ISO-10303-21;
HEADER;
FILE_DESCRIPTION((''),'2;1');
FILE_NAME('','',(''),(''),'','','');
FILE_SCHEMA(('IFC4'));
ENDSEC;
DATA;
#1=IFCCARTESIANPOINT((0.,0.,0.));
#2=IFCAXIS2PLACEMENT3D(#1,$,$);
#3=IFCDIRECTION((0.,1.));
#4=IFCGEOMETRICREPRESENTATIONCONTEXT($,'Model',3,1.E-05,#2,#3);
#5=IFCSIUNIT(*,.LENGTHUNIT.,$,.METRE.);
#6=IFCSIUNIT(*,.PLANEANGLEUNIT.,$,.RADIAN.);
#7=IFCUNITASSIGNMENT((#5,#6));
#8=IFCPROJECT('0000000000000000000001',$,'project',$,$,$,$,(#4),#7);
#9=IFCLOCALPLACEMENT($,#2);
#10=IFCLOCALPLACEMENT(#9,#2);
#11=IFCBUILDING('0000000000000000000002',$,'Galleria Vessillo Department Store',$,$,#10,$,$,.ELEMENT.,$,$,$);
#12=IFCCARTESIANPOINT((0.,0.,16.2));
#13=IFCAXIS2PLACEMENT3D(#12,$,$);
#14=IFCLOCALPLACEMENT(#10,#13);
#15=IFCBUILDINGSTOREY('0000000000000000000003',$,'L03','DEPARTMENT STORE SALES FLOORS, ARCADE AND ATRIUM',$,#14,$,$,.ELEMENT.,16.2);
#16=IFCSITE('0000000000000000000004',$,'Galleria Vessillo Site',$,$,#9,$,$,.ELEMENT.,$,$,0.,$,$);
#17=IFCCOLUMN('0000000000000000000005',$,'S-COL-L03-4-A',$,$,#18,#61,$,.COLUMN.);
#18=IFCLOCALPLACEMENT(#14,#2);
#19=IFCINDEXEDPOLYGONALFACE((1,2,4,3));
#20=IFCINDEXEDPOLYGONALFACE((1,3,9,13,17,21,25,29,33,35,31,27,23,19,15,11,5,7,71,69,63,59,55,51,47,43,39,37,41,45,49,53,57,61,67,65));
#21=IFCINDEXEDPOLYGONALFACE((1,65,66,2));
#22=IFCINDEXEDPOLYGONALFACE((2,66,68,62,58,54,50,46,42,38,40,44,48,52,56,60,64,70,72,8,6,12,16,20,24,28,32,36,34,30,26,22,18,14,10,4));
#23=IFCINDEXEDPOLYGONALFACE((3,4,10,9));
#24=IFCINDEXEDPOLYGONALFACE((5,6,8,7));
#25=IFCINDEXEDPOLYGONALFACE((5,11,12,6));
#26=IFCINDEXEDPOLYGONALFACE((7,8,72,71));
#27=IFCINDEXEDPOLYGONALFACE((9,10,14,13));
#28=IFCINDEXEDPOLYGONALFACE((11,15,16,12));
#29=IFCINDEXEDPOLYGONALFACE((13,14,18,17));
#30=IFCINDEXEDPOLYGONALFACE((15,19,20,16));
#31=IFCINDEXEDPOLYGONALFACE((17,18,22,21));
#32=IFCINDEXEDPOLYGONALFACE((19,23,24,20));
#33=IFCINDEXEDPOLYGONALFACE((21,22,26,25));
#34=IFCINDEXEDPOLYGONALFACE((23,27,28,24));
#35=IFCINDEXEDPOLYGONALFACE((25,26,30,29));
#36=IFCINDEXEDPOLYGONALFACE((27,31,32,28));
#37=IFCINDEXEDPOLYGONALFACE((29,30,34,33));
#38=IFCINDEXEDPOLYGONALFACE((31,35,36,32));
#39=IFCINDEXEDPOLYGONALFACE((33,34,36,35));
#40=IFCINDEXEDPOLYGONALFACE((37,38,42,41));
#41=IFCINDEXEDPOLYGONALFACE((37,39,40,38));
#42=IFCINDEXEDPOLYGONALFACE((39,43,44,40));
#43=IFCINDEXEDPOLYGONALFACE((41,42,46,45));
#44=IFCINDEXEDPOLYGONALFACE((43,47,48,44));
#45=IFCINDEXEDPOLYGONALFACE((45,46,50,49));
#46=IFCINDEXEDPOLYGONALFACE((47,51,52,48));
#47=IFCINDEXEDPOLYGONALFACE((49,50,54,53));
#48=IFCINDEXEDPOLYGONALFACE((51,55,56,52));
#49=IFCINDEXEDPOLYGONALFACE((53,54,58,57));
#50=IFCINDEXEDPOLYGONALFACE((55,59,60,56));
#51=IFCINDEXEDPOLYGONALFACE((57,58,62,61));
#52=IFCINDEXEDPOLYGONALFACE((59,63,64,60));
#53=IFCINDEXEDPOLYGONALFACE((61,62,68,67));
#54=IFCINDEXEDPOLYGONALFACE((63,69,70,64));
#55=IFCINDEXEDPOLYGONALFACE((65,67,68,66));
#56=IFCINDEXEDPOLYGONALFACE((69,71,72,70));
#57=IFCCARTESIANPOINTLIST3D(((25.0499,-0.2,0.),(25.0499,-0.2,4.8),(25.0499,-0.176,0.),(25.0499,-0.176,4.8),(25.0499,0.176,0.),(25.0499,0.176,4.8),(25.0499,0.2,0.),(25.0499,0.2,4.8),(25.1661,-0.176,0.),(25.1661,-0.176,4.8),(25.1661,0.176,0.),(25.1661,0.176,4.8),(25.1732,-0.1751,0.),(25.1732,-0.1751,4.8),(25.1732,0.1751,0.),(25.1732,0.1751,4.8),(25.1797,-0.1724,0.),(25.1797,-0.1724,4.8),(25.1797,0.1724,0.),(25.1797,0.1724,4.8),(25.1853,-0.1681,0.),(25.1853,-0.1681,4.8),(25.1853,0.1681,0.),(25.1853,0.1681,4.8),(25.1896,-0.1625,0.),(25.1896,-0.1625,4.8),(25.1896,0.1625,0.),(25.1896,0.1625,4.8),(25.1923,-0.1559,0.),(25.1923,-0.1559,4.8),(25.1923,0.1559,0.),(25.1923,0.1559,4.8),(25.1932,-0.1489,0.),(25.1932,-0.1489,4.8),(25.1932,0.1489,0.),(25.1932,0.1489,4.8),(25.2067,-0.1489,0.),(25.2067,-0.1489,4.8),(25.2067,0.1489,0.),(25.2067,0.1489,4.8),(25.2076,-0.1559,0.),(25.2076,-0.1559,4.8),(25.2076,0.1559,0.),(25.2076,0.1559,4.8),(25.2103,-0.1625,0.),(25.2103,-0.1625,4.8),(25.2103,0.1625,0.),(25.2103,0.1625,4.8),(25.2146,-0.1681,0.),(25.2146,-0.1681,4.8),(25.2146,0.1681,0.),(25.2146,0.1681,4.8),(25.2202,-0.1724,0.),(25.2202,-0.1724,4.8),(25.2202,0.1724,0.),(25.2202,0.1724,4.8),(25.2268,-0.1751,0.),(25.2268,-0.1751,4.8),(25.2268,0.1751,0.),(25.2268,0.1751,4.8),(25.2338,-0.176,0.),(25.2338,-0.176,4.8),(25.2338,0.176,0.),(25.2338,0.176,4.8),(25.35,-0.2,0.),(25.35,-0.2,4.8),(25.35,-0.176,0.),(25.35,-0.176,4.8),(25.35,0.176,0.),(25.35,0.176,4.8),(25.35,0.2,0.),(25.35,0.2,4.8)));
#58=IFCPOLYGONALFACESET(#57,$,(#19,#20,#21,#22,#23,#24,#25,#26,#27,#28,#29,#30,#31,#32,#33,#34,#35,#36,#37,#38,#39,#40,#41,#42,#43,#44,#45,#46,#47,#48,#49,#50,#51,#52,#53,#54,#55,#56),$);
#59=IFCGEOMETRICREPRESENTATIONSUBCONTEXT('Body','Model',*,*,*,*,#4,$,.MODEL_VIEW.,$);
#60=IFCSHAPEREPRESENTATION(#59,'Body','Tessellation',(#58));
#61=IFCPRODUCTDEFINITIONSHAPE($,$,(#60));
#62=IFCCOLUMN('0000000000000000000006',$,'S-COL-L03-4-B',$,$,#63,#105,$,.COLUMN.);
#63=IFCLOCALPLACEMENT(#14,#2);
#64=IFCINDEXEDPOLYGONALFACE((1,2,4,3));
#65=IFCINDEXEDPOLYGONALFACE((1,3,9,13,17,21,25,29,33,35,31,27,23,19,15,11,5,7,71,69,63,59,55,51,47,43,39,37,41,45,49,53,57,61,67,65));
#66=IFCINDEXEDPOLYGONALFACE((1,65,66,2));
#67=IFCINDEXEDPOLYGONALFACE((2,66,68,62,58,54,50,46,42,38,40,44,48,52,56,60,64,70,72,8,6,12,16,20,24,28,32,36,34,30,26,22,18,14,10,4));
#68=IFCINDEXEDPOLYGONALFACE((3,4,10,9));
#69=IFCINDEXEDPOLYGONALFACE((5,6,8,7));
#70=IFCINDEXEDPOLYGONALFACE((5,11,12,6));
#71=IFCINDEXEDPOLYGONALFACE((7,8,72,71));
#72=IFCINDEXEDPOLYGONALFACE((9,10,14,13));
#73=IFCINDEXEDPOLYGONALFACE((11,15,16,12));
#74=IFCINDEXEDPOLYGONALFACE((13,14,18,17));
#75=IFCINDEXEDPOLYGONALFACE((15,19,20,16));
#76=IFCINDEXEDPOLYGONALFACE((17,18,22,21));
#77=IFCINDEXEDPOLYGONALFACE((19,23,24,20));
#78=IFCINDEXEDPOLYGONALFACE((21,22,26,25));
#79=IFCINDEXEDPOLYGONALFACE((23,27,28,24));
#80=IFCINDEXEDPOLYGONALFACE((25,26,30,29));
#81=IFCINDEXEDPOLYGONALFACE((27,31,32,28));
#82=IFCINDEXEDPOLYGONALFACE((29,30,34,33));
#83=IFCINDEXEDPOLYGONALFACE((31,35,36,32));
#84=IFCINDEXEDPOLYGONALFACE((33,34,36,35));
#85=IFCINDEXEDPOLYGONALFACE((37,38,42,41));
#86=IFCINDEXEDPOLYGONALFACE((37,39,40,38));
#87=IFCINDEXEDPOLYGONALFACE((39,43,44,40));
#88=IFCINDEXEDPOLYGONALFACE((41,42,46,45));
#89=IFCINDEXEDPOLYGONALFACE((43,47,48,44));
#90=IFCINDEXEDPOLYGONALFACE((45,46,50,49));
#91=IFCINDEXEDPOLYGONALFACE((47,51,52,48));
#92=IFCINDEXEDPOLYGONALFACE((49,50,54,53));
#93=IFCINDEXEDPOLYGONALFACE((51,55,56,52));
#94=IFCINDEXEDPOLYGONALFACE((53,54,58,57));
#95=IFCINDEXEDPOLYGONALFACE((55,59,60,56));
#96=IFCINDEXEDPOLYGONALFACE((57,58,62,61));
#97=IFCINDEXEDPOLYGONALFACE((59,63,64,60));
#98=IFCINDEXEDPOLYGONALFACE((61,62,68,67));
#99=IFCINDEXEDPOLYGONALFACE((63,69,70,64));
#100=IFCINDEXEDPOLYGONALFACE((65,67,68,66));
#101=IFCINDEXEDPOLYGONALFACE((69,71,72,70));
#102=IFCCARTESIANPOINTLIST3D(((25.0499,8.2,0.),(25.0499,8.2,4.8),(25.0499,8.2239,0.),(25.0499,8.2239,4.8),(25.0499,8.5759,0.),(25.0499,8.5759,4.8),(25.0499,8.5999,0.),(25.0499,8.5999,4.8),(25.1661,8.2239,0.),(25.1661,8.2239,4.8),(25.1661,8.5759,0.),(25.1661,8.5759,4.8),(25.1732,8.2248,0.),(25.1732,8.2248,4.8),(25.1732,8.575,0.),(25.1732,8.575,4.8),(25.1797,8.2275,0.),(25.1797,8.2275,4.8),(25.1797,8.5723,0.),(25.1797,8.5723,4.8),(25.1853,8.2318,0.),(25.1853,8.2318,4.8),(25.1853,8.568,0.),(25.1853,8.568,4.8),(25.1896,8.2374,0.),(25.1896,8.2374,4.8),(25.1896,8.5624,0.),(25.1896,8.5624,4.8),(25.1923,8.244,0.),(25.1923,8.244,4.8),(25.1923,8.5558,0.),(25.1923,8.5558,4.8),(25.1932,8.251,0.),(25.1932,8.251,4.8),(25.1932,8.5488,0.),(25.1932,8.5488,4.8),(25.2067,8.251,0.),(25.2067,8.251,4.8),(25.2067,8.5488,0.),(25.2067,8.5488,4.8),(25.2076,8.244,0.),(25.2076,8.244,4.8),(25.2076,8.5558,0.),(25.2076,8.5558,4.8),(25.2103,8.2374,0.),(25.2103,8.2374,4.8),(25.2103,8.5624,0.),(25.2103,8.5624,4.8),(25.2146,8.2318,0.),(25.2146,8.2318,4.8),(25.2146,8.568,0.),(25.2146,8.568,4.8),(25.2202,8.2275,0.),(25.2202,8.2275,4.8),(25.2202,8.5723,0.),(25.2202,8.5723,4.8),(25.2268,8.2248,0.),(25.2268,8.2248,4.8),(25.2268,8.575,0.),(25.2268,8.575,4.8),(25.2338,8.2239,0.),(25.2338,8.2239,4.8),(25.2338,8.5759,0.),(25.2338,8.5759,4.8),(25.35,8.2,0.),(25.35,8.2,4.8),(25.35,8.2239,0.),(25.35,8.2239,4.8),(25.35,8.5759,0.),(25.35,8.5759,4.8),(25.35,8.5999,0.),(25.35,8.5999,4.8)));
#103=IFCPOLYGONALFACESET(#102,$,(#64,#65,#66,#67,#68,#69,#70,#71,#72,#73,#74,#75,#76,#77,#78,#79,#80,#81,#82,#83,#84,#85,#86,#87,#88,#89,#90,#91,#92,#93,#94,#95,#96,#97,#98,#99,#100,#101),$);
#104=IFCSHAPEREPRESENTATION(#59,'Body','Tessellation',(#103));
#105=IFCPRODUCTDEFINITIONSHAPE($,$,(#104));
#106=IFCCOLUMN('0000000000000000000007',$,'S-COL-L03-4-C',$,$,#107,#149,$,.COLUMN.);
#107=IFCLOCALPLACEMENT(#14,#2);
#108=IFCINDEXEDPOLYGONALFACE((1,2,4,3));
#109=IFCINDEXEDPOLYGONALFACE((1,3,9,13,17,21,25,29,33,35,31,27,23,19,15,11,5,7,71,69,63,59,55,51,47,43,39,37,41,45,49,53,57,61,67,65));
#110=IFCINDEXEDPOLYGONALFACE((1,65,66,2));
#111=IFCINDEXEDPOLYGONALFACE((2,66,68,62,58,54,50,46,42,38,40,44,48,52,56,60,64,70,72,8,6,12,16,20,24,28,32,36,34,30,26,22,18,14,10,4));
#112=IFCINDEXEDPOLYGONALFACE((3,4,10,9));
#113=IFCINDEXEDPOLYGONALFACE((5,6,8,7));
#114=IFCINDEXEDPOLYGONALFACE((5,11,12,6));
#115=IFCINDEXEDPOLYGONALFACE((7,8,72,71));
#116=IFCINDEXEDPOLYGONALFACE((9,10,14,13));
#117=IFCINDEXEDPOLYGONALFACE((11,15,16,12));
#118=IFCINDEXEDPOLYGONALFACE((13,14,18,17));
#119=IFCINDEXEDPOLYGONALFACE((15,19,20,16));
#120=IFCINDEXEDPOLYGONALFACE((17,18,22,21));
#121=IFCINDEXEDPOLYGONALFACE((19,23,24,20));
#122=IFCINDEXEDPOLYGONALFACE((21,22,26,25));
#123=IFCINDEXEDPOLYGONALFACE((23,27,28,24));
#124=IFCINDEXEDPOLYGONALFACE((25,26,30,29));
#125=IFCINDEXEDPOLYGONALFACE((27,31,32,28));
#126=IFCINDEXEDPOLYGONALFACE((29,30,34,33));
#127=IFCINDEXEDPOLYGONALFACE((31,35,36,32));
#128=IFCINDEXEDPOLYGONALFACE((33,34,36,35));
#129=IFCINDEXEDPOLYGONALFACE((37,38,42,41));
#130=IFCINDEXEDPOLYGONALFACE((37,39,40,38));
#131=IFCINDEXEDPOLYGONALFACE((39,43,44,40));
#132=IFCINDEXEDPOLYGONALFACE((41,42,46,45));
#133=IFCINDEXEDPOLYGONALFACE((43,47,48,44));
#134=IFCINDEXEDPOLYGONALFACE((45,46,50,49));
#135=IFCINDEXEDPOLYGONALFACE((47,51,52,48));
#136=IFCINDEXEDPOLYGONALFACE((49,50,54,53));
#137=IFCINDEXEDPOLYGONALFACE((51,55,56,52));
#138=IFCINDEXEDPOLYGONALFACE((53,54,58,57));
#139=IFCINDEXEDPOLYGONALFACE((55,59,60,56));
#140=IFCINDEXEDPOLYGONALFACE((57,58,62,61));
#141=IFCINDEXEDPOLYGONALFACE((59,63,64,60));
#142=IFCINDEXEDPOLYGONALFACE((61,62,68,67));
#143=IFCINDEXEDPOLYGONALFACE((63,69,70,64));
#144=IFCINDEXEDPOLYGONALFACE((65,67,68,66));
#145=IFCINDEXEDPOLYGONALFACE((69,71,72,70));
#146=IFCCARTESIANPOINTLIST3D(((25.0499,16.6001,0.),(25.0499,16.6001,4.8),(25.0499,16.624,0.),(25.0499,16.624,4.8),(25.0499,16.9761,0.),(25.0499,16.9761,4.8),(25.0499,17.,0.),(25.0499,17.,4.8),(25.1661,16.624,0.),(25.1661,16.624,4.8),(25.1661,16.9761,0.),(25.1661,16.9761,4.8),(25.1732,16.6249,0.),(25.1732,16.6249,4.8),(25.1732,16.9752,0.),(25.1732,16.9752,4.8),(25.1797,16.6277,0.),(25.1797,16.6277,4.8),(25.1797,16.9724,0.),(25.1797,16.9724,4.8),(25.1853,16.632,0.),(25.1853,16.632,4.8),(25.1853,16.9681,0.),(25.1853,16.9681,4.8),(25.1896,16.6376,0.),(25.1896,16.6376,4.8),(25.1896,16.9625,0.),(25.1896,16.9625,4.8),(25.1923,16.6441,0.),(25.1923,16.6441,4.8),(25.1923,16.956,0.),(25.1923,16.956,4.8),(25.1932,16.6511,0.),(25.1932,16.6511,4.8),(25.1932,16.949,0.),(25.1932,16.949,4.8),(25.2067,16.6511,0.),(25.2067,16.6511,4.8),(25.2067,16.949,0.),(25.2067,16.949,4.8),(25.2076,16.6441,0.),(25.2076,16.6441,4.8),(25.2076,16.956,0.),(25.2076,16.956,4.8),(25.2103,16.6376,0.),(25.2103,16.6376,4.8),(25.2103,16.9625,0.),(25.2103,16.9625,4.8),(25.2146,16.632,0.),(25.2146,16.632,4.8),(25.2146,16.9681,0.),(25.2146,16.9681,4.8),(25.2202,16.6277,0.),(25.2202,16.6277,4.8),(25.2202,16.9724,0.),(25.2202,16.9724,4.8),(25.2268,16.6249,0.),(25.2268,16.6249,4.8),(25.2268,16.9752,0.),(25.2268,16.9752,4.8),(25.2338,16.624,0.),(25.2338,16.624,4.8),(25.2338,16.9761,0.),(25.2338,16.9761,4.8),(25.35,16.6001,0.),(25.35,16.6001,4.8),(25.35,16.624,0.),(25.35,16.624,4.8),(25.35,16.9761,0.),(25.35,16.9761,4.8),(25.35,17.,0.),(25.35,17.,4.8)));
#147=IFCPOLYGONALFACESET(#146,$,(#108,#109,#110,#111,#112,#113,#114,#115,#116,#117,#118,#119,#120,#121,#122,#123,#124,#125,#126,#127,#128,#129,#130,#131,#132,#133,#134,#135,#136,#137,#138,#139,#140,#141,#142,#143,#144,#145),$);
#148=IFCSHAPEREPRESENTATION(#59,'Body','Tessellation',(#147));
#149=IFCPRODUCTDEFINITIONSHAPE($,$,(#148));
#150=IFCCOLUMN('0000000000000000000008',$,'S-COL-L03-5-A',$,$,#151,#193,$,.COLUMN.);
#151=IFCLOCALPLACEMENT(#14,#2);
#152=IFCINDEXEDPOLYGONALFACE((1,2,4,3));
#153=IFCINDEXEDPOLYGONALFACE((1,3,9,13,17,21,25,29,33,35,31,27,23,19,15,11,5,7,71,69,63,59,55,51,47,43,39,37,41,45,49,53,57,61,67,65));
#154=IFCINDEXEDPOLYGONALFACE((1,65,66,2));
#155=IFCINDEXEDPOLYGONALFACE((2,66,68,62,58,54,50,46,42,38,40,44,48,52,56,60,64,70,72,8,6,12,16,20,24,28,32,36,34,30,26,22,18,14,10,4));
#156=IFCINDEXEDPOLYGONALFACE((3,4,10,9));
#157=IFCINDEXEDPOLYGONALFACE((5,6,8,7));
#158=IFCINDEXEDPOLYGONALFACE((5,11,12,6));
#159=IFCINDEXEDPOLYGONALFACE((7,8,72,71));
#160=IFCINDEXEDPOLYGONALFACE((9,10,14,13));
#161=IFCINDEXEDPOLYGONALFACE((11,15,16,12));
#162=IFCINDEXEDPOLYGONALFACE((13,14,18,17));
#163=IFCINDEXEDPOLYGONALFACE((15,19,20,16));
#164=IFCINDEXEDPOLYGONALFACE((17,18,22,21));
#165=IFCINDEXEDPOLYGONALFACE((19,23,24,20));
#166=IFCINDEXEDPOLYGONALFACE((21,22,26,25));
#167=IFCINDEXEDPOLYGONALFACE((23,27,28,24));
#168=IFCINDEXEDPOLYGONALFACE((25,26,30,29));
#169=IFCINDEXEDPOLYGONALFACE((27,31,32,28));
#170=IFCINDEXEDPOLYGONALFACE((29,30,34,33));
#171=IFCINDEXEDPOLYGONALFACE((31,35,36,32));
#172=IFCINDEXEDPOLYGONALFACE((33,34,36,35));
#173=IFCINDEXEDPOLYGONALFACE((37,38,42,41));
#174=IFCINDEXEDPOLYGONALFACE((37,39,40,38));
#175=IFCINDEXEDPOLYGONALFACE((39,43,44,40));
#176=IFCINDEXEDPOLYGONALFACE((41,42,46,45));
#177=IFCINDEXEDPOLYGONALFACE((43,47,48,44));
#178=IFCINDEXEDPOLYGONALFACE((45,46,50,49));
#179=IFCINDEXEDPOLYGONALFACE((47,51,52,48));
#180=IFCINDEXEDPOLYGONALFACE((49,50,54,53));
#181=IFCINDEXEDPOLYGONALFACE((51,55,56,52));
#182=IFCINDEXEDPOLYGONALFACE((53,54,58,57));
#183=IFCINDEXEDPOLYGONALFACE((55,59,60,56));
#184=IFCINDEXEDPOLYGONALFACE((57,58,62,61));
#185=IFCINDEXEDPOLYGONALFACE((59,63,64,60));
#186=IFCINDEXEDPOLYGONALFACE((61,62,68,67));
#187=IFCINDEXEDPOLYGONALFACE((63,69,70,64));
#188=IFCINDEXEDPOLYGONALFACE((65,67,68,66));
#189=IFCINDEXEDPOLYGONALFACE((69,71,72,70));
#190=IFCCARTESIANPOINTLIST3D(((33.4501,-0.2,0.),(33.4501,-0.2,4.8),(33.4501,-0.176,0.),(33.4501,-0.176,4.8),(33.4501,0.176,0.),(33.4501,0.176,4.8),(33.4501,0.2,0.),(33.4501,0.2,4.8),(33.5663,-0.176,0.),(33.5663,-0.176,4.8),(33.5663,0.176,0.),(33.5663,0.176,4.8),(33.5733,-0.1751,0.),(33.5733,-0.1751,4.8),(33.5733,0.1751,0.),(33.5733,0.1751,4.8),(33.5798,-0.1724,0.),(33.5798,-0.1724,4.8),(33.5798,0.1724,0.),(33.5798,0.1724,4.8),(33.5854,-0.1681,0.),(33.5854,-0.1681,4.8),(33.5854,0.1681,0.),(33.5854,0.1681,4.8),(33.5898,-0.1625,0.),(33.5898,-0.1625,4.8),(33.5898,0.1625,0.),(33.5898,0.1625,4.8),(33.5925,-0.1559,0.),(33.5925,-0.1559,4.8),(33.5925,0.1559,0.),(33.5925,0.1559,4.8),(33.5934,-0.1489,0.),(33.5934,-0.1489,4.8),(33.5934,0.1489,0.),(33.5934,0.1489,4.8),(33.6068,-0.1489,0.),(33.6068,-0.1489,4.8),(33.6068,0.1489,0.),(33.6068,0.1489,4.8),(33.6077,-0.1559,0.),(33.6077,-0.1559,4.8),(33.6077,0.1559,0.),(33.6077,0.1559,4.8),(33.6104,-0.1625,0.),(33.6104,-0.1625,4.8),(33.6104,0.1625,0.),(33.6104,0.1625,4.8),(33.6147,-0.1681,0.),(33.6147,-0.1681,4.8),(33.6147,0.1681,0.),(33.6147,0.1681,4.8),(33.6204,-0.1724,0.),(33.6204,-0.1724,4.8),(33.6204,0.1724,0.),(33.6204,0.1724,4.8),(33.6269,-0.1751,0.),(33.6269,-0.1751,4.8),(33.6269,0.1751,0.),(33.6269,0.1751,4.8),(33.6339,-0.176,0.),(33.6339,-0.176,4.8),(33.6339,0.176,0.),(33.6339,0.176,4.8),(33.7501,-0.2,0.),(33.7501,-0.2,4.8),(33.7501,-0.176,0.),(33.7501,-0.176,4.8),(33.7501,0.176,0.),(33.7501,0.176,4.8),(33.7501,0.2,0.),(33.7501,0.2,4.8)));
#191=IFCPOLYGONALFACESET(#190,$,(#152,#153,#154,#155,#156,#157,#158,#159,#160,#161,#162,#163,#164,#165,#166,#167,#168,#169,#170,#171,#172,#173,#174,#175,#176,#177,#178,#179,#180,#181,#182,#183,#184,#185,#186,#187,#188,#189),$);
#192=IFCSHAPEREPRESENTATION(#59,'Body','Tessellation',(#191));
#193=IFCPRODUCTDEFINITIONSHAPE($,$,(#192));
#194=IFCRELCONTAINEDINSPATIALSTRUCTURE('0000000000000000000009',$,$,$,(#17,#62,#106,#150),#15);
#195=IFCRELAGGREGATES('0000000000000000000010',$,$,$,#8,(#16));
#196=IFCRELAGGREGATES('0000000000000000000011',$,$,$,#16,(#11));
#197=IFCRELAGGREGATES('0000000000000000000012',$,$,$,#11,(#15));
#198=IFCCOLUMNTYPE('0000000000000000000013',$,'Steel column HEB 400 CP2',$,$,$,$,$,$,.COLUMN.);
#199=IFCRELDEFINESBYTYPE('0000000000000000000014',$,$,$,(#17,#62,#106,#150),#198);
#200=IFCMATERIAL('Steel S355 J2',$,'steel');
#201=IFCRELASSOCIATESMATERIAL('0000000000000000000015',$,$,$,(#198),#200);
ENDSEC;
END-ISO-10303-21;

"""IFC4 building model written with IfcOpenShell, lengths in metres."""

from ifc_helpers import new_model, si_unit, direction, frame, origin, origin_2d, place, context, subcontext, project, spatial, i_section, extrude, material, material_profile, profile_set, type_object, element, save


model = new_model("IFC4")

# Units and contexts
model_context = context("Model", 3, precision=1e-05, world=origin(), true_north=direction((0.0, 1.0)))
body_context = subcontext(model_context, "Body", "Model", "MODEL_VIEW")
ifc_project = project(units=[si_unit("LENGTHUNIT", "METRE"), si_unit("PLANEANGLEUNIT", "RADIAN")], contexts=[model_context])

# Site, building, storey
site_placement = place(None, origin())
site = spatial("IfcSite", under=ifc_project, at=site_placement, Name="Galleria Vessillo Site", CompositionType="ELEMENT", RefElevation=0.0)
building_placement = place(site_placement, origin())
building = spatial("IfcBuilding", under=site, at=building_placement, Name="Galleria Vessillo Department Store", CompositionType="ELEMENT")
storey_placement = place(building_placement, frame((0.0, 0.0, 16.2)))
storey = spatial("IfcBuildingStorey", under=building, at=storey_placement, Name="L03", Description="DEPARTMENT STORE SALES FLOORS, ARCADE AND ATRIUM", CompositionType="ELEMENT", Elevation=16.2)

# Columns
ifc_material_1 = material(Name="Steel S355 J2", Category="steel")
ifc_material_profile_1 = material_profile(ifc_material_1, i_section(OverallWidth=0.3, OverallDepth=0.3999, WebThickness=0.0134, FlangeThickness=0.0239, FilletRadius=0.0271, at=origin_2d()), Name="HEB 400")
ifc_profile_set_1 = profile_set([ifc_material_profile_1], Name="Steel S355 J2")
column_type = type_object("IfcColumnType", Name="Steel column HEB 400 CP2", PredefinedType="COLUMN", material=ifc_profile_set_1)
for number, where, z_axis, x_axis, name in (
    (1, (25.2, 0.0, 0.0), (0.0, 0.0, 1.0), (1.0, 0.0, 0.0), "S-COL-L03-4-A"),
    (2, (25.2, 8.3999, 0.0), (0.0, 0.0, 1.0), (1.0, 0.0, 0.0), "S-COL-L03-4-B"),
    (3, (25.2, 16.8, 0.0), (0.0, 0.0, 1.0), (1.0, 0.0, 0.0), "S-COL-L03-4-C"),
    (4, (33.6001, 0.0, 0.0), (0.0, 0.0, 1.0), (1.0, 0.0, 0.0), "S-COL-L03-5-A"),
):
    element("IfcColumn", number, at=place(storey_placement, frame(where, z_axis=z_axis, x_axis=x_axis)), inside=storey, type_object=column_type, Name=name, PredefinedType="COLUMN", context=body_context, shape_type="SweptSolid", body=[
        extrude(i_section(OverallWidth=0.3, OverallDepth=0.3999, WebThickness=0.0134, FlangeThickness=0.0239, FilletRadius=0.0271, at=origin_2d()), origin(), (0.0, 0.0, 1.0), 4.8),
    ])

save(model, "model.ifc")
